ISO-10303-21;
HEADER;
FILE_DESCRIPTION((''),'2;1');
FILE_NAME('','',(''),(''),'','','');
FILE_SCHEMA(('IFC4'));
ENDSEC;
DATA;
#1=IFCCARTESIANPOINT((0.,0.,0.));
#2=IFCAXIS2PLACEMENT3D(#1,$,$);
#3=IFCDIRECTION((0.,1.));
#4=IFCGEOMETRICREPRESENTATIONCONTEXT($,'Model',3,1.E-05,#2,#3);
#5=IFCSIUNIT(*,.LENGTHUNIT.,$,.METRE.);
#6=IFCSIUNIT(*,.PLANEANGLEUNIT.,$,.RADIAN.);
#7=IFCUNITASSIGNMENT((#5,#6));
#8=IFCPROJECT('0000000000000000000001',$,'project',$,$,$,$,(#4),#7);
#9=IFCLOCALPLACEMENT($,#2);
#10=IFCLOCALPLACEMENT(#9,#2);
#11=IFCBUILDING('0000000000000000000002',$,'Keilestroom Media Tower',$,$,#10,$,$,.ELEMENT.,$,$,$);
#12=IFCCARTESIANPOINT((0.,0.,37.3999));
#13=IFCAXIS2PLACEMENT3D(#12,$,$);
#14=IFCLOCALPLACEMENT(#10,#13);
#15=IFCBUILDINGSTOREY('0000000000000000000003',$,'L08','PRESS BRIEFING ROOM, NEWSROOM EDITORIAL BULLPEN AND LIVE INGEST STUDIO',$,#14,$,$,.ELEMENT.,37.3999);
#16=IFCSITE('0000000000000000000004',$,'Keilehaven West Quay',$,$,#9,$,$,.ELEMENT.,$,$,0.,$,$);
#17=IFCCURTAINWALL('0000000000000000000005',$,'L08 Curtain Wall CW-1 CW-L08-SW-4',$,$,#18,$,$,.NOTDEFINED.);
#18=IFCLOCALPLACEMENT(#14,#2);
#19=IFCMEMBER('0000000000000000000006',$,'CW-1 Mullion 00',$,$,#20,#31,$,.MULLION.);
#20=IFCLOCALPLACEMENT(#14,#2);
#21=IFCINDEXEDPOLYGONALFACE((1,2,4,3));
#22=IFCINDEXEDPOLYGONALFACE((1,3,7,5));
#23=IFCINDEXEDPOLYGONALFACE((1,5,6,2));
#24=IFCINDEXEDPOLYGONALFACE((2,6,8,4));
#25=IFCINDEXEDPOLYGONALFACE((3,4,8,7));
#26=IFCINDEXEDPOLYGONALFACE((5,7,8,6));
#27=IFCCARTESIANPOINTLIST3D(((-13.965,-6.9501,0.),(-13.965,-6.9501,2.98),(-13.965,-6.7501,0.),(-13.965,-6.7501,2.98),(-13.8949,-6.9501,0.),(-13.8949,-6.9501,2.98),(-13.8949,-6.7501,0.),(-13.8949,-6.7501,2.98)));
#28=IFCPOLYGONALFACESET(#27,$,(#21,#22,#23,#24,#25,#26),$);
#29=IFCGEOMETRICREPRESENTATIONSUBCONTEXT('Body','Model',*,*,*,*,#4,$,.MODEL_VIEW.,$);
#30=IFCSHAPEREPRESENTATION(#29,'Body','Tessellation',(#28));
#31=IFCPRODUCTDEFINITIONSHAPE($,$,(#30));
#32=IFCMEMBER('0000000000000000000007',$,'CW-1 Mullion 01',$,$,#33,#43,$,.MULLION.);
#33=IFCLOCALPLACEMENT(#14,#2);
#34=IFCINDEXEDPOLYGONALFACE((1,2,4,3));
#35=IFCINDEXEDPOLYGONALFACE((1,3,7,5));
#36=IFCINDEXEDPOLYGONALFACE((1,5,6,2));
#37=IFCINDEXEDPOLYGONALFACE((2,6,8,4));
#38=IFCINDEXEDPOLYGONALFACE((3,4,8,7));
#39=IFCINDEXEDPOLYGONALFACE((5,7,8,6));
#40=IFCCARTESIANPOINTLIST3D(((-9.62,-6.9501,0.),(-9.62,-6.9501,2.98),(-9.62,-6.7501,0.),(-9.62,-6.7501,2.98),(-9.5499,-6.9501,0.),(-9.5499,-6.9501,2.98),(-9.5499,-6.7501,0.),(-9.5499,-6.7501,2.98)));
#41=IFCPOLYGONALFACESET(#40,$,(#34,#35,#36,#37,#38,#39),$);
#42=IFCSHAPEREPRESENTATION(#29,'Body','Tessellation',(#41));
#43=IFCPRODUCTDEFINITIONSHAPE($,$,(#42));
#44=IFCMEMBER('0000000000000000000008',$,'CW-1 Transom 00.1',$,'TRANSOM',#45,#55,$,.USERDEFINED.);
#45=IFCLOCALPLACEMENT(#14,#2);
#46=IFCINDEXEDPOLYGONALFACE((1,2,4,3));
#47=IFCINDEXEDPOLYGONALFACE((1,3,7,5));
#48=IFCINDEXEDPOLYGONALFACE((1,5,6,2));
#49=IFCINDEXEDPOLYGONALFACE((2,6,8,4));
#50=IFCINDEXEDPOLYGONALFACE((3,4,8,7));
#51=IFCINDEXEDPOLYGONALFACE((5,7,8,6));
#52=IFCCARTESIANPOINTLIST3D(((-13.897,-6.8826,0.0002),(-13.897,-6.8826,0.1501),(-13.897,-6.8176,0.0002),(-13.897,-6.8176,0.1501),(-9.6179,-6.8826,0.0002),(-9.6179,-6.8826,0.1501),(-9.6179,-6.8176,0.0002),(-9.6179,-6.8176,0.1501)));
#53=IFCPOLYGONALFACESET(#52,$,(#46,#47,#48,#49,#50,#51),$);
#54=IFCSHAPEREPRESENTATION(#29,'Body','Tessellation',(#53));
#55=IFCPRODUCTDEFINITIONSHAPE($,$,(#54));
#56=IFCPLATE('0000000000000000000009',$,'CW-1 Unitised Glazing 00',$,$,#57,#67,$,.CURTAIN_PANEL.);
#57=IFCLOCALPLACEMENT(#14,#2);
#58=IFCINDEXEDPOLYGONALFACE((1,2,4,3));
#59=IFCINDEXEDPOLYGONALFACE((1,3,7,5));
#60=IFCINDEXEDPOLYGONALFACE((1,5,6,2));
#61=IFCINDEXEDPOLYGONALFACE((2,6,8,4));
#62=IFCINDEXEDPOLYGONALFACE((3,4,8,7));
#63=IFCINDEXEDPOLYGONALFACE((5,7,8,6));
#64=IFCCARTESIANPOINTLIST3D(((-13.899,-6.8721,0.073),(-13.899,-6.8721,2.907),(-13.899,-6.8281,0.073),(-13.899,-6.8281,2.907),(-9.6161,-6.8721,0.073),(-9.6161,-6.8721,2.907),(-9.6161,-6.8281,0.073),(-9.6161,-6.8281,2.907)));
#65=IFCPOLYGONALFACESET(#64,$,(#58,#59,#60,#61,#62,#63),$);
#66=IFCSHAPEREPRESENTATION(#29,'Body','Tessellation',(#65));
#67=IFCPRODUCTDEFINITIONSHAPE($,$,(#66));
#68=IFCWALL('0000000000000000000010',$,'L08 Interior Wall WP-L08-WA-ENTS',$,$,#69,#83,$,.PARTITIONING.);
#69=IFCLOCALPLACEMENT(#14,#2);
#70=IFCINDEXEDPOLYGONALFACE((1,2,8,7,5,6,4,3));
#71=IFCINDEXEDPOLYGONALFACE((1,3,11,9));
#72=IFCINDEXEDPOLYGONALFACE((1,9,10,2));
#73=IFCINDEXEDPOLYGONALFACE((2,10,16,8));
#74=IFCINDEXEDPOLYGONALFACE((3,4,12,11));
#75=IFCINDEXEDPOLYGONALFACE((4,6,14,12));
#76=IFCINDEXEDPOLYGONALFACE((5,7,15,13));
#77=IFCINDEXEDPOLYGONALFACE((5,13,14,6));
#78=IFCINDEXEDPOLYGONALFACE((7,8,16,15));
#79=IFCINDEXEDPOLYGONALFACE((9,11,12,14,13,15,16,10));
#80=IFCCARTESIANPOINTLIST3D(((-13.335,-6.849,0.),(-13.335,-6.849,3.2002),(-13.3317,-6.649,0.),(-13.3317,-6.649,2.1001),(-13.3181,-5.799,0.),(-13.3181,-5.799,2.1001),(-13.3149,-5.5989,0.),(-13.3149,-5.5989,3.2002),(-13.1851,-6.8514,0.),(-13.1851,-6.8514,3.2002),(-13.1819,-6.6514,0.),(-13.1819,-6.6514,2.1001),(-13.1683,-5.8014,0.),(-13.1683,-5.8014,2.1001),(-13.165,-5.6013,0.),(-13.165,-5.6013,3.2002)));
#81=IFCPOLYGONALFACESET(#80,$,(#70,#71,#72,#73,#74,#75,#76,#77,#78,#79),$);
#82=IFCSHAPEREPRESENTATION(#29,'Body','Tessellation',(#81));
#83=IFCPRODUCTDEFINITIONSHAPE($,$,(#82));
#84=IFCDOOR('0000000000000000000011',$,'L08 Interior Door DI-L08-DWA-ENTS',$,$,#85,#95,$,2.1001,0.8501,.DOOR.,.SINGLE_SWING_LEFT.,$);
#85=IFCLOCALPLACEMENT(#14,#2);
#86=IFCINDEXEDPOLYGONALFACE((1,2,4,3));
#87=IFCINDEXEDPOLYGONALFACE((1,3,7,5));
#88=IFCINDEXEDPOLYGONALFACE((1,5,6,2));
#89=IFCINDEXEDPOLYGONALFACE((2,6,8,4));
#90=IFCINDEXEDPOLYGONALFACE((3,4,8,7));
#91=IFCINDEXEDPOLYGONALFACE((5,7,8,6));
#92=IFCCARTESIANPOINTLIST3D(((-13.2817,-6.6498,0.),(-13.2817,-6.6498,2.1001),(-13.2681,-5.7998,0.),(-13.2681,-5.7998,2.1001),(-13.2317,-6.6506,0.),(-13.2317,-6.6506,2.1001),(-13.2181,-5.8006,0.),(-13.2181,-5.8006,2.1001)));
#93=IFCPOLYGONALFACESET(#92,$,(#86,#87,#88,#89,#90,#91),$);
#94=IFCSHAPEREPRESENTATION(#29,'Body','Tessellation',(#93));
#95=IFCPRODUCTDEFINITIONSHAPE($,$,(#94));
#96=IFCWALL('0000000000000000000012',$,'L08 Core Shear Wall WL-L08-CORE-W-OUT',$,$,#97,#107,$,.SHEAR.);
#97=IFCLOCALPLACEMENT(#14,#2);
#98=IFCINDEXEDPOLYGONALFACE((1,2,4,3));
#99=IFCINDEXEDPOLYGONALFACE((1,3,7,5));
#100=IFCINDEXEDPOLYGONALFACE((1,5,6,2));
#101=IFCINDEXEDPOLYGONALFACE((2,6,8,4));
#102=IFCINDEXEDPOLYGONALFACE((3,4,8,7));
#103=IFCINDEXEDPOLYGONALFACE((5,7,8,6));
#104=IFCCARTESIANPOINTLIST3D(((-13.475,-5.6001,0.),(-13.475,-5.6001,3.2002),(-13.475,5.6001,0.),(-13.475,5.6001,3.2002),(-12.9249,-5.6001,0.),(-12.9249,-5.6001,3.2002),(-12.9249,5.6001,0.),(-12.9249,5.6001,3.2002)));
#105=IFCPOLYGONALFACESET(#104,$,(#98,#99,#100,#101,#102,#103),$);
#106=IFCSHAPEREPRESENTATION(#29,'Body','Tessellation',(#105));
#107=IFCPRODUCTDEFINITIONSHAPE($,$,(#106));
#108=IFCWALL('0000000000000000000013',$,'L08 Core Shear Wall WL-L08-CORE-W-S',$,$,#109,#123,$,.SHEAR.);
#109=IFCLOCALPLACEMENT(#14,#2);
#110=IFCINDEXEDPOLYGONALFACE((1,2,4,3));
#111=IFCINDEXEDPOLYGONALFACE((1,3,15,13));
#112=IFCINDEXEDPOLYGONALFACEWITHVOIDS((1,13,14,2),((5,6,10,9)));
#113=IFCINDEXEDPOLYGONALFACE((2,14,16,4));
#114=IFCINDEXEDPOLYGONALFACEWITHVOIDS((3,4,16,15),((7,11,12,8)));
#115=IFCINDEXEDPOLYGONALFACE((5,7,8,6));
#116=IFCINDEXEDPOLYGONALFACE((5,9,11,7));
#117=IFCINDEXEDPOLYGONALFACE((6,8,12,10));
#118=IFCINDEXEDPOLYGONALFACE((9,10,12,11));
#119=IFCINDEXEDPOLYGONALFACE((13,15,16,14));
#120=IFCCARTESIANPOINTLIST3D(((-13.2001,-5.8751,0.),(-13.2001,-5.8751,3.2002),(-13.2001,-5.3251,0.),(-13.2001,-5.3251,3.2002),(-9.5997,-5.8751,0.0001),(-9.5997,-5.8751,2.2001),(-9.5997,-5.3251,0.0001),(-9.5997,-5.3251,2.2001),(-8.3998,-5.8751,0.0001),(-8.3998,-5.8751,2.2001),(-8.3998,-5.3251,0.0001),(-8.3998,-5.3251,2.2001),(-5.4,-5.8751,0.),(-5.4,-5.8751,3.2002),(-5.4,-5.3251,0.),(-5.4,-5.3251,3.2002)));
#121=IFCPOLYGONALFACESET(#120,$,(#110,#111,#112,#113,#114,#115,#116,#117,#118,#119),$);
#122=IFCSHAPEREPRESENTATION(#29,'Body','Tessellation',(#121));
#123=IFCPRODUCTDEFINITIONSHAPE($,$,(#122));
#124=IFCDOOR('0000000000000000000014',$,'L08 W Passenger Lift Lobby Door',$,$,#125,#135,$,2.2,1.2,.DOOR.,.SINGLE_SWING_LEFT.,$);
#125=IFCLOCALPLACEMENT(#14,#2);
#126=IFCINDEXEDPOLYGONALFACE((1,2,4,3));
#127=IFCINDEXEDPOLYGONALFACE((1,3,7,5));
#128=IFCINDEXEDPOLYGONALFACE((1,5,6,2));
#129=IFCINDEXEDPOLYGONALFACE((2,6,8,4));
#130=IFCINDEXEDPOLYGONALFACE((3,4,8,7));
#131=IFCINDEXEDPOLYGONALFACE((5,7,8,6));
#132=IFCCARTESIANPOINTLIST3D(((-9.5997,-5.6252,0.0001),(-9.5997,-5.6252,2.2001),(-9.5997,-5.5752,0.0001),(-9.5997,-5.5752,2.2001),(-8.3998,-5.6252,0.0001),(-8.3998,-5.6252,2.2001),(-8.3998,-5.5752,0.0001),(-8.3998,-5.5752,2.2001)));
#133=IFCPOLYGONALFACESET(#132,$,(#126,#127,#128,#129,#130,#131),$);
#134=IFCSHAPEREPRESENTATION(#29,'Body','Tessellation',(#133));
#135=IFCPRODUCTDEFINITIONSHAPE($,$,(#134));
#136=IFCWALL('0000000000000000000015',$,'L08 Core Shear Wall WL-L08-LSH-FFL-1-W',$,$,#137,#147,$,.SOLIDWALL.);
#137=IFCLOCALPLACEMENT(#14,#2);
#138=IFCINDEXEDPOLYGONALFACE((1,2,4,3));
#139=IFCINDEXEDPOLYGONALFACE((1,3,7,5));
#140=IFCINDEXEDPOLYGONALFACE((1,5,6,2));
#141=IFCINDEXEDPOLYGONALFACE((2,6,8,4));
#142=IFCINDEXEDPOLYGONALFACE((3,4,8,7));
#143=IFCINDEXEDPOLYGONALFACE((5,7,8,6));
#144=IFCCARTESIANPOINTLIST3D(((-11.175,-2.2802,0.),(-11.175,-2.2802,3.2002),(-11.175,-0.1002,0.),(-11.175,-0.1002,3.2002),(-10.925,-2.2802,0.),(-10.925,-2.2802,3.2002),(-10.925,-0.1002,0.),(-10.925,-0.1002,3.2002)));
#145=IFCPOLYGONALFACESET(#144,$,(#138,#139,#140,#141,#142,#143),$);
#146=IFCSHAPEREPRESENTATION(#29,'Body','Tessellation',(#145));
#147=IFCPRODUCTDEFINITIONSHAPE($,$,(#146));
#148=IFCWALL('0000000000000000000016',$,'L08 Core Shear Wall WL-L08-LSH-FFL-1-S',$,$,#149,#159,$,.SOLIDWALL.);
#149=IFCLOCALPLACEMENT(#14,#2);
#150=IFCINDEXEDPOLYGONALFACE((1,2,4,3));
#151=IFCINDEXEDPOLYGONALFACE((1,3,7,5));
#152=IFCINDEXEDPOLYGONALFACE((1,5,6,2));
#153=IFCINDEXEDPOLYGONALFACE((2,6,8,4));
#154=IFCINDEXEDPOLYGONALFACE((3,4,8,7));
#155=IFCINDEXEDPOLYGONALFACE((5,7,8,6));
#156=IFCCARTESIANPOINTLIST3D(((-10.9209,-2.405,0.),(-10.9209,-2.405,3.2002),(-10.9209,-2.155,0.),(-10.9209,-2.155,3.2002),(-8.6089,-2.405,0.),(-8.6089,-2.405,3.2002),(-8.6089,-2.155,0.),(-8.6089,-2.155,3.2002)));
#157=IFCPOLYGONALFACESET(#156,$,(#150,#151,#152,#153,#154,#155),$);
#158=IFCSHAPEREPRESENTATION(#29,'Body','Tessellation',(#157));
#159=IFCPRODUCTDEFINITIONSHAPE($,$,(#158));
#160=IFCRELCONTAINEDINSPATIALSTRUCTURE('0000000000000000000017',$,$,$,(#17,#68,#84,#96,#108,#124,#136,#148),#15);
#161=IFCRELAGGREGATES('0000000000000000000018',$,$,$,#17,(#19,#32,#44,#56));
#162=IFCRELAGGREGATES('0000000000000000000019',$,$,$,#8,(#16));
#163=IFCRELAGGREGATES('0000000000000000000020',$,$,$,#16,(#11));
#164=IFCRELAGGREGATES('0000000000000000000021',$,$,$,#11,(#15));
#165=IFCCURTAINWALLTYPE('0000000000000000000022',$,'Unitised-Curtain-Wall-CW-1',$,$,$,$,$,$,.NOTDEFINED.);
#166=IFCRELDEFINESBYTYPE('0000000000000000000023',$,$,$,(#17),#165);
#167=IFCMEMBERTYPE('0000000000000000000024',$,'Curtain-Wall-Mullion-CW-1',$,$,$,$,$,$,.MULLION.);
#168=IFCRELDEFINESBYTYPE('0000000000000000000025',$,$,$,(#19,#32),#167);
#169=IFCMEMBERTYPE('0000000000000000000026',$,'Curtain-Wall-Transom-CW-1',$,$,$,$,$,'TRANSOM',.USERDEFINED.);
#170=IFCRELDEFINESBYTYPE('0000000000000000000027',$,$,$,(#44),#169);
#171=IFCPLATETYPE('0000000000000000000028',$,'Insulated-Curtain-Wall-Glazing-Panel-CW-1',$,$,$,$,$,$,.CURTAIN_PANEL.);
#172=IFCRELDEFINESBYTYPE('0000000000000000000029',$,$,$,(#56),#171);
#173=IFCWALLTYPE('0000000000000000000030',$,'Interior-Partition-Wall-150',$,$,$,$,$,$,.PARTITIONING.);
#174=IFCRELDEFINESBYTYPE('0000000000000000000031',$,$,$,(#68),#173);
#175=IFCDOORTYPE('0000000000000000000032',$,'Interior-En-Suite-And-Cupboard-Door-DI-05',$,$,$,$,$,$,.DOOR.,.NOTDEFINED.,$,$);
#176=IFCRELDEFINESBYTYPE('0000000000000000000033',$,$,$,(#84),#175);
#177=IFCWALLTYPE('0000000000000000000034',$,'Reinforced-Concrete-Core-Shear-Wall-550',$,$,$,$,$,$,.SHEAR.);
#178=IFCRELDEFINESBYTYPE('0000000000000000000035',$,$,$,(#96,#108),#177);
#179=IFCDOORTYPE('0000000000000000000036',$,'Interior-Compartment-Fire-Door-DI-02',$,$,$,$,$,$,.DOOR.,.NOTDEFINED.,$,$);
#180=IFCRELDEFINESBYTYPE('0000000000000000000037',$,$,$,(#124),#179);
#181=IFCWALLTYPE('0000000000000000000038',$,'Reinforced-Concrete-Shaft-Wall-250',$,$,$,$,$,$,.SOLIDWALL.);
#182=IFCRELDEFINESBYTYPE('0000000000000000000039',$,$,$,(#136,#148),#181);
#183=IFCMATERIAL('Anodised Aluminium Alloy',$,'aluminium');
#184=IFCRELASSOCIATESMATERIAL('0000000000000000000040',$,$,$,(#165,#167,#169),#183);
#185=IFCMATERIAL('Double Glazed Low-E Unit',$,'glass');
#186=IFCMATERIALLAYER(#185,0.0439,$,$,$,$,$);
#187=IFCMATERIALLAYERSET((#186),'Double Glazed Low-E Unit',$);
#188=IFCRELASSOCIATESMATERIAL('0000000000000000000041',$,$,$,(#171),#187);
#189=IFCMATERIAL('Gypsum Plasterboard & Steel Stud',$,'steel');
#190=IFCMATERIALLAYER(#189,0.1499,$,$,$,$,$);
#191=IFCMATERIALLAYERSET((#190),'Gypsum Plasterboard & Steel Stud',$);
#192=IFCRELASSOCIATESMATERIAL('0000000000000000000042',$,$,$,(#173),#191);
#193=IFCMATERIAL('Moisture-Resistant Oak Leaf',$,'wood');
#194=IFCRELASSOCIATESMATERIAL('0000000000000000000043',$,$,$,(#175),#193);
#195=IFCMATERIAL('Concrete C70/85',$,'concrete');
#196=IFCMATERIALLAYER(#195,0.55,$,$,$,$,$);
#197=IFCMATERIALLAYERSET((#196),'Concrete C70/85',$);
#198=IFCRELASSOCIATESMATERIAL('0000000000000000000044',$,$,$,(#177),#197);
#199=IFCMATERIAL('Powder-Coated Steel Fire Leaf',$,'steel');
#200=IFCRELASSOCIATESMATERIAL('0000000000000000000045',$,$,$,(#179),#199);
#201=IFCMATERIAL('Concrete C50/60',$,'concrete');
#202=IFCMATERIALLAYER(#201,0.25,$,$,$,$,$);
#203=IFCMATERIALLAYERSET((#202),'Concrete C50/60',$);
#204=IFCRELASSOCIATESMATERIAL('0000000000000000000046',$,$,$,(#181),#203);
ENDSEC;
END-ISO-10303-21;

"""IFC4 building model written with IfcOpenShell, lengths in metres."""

from ifc_helpers import new_model, si_unit, direction, frame, frame_2d, origin, origin_2d, place, context, subcontext, project, spatial, rectangle, extrude, source, transform, mapped, material, layer, layer_set, material_profile, profile_set, type_object, element, fill, aggregate, save


model = new_model("IFC4")

# Units and contexts
model_context = context("Model", 3, precision=1e-05, world=origin(), true_north=direction((0.0, 1.0)))
body_context = subcontext(model_context, "Body", "Model", "MODEL_VIEW")
ifc_project = project(units=[si_unit("LENGTHUNIT", "METRE"), si_unit("PLANEANGLEUNIT", "RADIAN")], contexts=[model_context])

# Site, building, storey
site_placement = place(None, origin())
site = spatial("IfcSite", under=ifc_project, at=site_placement, Name="Keilehaven West Quay", CompositionType="ELEMENT", RefElevation=0.0)
building_placement = place(site_placement, origin())
building = spatial("IfcBuilding", under=site, at=building_placement, Name="Keilestroom Media Tower", CompositionType="ELEMENT")
storey_placement = place(building_placement, frame((0.0, 0.0, 37.3999)))
storey = spatial("IfcBuildingStorey", under=building, at=storey_placement, Name="L08", Description="PRESS BRIEFING ROOM, NEWSROOM EDITORIAL BULLPEN AND LIVE INGEST STUDIO", CompositionType="ELEMENT", Elevation=37.3999)

# Curtain wall, members, plate
ifc_material_1 = material(Name="Anodised Aluminium Alloy", Category="aluminium")
curtain_wall_type = type_object("IfcCurtainWallType", Name="Unitised-Curtain-Wall-CW-1", PredefinedType="NOTDEFINED", material=ifc_material_1)
curtain_wall_placement = place(storey_placement, origin())
curtain_wall = element("IfcCurtainWall", 1, at=curtain_wall_placement, inside=storey, type_object=curtain_wall_type, Name="L08 Curtain Wall CW-1 CW-L08-SW-4", PredefinedType="NOTDEFINED")
ifc_material_profile_1 = material_profile(ifc_material_1, rectangle(XDim=0.0701, YDim=0.2, at=origin_2d()), Name="ALU MULLION 70x200")
ifc_profile_set_1 = profile_set([ifc_material_profile_1], Name="Anodised Aluminium Alloy")
member_type_1 = type_object("IfcMemberType", Name="Curtain-Wall-Mullion-CW-1", PredefinedType="MULLION", material=ifc_profile_set_1)
shared_shape_1 = source(origin(), body_context, "Body", "SweptSolid", [
    extrude(rectangle(XDim=0.0701, YDim=0.2, at=origin_2d()), origin(), (0.0, 0.0, 1.0), 2.98),
])
member_1_placement = place(storey_placement, frame((-13.9299, -6.8501, 0.0), z_axis=(0.0, 0.0, 1.0), x_axis=(1.0, 0.0, 0.0)))
member_1 = element("IfcMember", 2, at=member_1_placement, type_object=member_type_1, Name="CW-1 Mullion 00", PredefinedType="MULLION", context=body_context, shape_type="MappedRepresentation", body=[
    mapped(shared_shape_1, transform((0.0, 0.0, 0.0), x_axis=(1.0, 0.0, 0.0), y_axis=(0.0, 1.0, 0.0), z_axis=(0.0, 0.0, 1.0), scale=1.0)),
])
member_2_placement = place(storey_placement, frame((-9.585, -6.8501, 0.0), z_axis=(0.0, 0.0, 1.0), x_axis=(1.0, 0.0, 0.0)))
member_2 = element("IfcMember", 3, at=member_2_placement, type_object=member_type_1, Name="CW-1 Mullion 01", PredefinedType="MULLION", context=body_context, shape_type="MappedRepresentation", body=[
    mapped(shared_shape_1, transform((0.0, 0.0, 0.0), x_axis=(1.0, 0.0, 0.0), y_axis=(0.0, 1.0, 0.0), z_axis=(0.0, 0.0, 1.0), scale=1.0)),
])
ifc_material_profile_2 = material_profile(ifc_material_1, rectangle(XDim=0.0649, YDim=0.1499, at=origin_2d()), Name="ALU TRANSOM 65x150")
ifc_profile_set_2 = profile_set([ifc_material_profile_2], Name="Anodised Aluminium Alloy")
member_type_2 = type_object("IfcMemberType", Name="Curtain-Wall-Transom-CW-1", ElementType="TRANSOM", PredefinedType="USERDEFINED", material=ifc_profile_set_2)
shared_shape_2 = source(origin(), body_context, "Body", "SweptSolid", [
    extrude(rectangle(XDim=0.0649, YDim=0.1499, at=origin_2d()), origin(), (0.0, 0.0, 1.0), 4.2791),
])
member_3_placement = place(storey_placement, frame((-13.897, -6.8501, 0.0752), z_axis=(1.0, 0.0, 0.0), x_axis=(0.0, 1.0, 0.0)))
member_3 = element("IfcMember", 4, at=member_3_placement, type_object=member_type_2, Name="CW-1 Transom 00.1", ObjectType="TRANSOM", PredefinedType="USERDEFINED", context=body_context, shape_type="MappedRepresentation", body=[
    mapped(shared_shape_2, transform((0.0, 0.0, 0.0), x_axis=(1.0, 0.0, 0.0), y_axis=(0.0, 1.0, 0.0), z_axis=(0.0, 0.0, 1.0), scale=1.0)),
])
ifc_material_2 = material(Name="Double Glazed Low-E Unit", Category="glass")
ifc_layer_1 = layer(ifc_material_2, 0.0439)
ifc_layer_set_1 = layer_set([ifc_layer_1], Name="Double Glazed Low-E Unit")
plate_type = type_object("IfcPlateType", Name="Insulated-Curtain-Wall-Glazing-Panel-CW-1", PredefinedType="CURTAIN_PANEL", material=ifc_layer_set_1)
shared_shape_3 = source(origin(), body_context, "Body", "SweptSolid", [
    extrude(rectangle(XDim=4.283, YDim=0.0439, at=origin_2d()), origin(), (0.0, 0.0, 1.0), 2.834),
])
plate_placement = place(storey_placement, frame((-11.7576, -6.8501, 0.073), z_axis=(0.0, 0.0, 1.0), x_axis=(1.0, 0.0, 0.0)))
plate = element("IfcPlate", 5, at=plate_placement, type_object=plate_type, Name="CW-1 Unitised Glazing 00", PredefinedType="CURTAIN_PANEL", context=body_context, shape_type="MappedRepresentation", body=[
    mapped(shared_shape_3, transform((0.0, 0.0, 0.0), x_axis=(1.0, 0.0, 0.0), y_axis=(0.0, 1.0, 0.0), z_axis=(0.0, 0.0, 1.0), scale=1.0)),
])
aggregate(curtain_wall, [member_1, member_2, member_3, plate])

# Wall, opening, door
ifc_material_3 = material(Name="Gypsum Plasterboard & Steel Stud", Category="steel")
ifc_layer_2 = layer(ifc_material_3, 0.1499)
ifc_layer_set_2 = layer_set([ifc_layer_2], Name="Gypsum Plasterboard & Steel Stud")
wall_type_1 = type_object("IfcWallType", Name="Interior-Partition-Wall-150", PredefinedType="PARTITIONING", material=ifc_layer_set_2)
wall_1_placement = place(storey_placement, frame((-13.26, -6.8501, 0.0), z_axis=(0.0, 0.0, 1.0), x_axis=(0.016014, 0.999872, 0.0)))
wall_1 = element("IfcWall", 6, at=wall_1_placement, inside=storey, type_object=wall_type_1, Name="L08 Interior Wall WP-L08-WA-ENTS", PredefinedType="PARTITIONING", context=body_context, shape_type="SweptSolid", body=[
    extrude(rectangle(XDim=1.2502, YDim=0.1499, at=frame_2d((0.625, 0.0))), origin(), (0.0, 0.0, 1.0), 3.2002),
])
opening_1_placement = place(wall_1_placement, frame((0.2, 0.0, 0.0)))
opening_1 = element("IfcOpeningElement", 7, at=opening_1_placement, cuts=wall_1, PredefinedType="OPENING", context=body_context, shape_type="SweptSolid", body=[
    extrude(rectangle(XDim=0.8501, YDim=2.1001, at=frame_2d((0.425, 1.05))), frame((0.0, 0.085, 0.0), z_axis=(0.0, -1.0, 0.0), x_axis=(1.0, 0.0, 0.0)), (0.0, 0.0, 1.0), 0.1699),
])
ifc_material_4 = material(Name="Moisture-Resistant Oak Leaf", Category="wood")
door_type_1 = type_object("IfcDoorType", Name="Interior-En-Suite-And-Cupboard-Door-DI-05", OperationType="NOTDEFINED", PredefinedType="DOOR", material=ifc_material_4)
shared_shape_4 = source(origin(), body_context, "Body", "SweptSolid", [
    extrude(rectangle(XDim=0.8501, YDim=2.1001, at=frame_2d((0.425, 1.05))), frame((0.0, 0.0249, 0.0), z_axis=(0.0, -1.0, 0.0), x_axis=(1.0, 0.0, 0.0)), (0.0, 0.0, 1.0), 0.05),
])
door_1_placement = place(opening_1_placement, origin())
door_1 = element("IfcDoor", 8, at=door_1_placement, inside=storey, type_object=door_type_1, Name="L08 Interior Door DI-L08-DWA-ENTS", OperationType="SINGLE_SWING_LEFT", OverallHeight=2.1001, OverallWidth=0.8501, PredefinedType="DOOR", context=body_context, shape_type="MappedRepresentation", body=[
    mapped(shared_shape_4, transform((0.0, 0.0, 0.0), x_axis=(1.0, 0.0, 0.0), y_axis=(0.0, 1.0, 0.0), z_axis=(0.0, 0.0, 1.0), scale=1.0)),
])
fill(opening_1, door_1)

# Wall
ifc_material_5 = material(Name="Concrete C70/85", Category="concrete")
ifc_layer_3 = layer(ifc_material_5, 0.55)
ifc_layer_set_3 = layer_set([ifc_layer_3], Name="Concrete C70/85")
wall_type_2 = type_object("IfcWallType", Name="Reinforced-Concrete-Core-Shear-Wall-550", PredefinedType="SHEAR", material=ifc_layer_set_3)
wall_2_placement = place(storey_placement, frame((-13.2, -5.6001, 0.0), z_axis=(0.0, 0.0, 1.0), x_axis=(0.0, 1.0, 0.0)))
element("IfcWall", 9, at=wall_2_placement, inside=storey, type_object=wall_type_2, Name="L08 Core Shear Wall WL-L08-CORE-W-OUT", PredefinedType="SHEAR", context=body_context, shape_type="SweptSolid", body=[
    extrude(rectangle(XDim=11.2002, YDim=0.55, at=frame_2d((5.6001, 0.0))), origin(), (0.0, 0.0, 1.0), 3.2002),
])

# Wall, opening, door
wall_3_placement = place(storey_placement, frame((-13.2, -5.6001, 0.0), z_axis=(0.0, 0.0, 1.0), x_axis=(1.0, 0.0, 0.0)))
wall_3 = element("IfcWall", 10, at=wall_3_placement, inside=storey, type_object=wall_type_2, Name="L08 Core Shear Wall WL-L08-CORE-W-S", PredefinedType="SHEAR", context=body_context, shape_type="SweptSolid", body=[
    extrude(rectangle(XDim=7.8, YDim=0.55, at=frame_2d((3.8999, 0.0))), origin(), (0.0, 0.0, 1.0), 3.2002),
])
opening_2_placement = place(wall_3_placement, frame((3.6001, 0.0, 0.0)))
opening_2 = element("IfcOpeningElement", 11, at=opening_2_placement, cuts=wall_3, PredefinedType="OPENING", context=body_context, shape_type="SweptSolid", body=[
    extrude(rectangle(XDim=1.2, YDim=2.2, at=frame_2d((0.6001, 1.1001))), frame((0.0, 0.2852, 0.0), z_axis=(0.0, -1.0, 0.0), x_axis=(1.0, 0.0, 0.0)), (0.0, 0.0, 1.0), 0.5701),
])
ifc_material_6 = material(Name="Powder-Coated Steel Fire Leaf", Category="steel")
door_type_2 = type_object("IfcDoorType", Name="Interior-Compartment-Fire-Door-DI-02", OperationType="NOTDEFINED", PredefinedType="DOOR", material=ifc_material_6)
shared_shape_5 = source(origin(), body_context, "Body", "SweptSolid", [
    extrude(rectangle(XDim=1.2, YDim=2.2, at=frame_2d((0.6001, 1.1001))), frame((0.0, 0.0249, 0.0), z_axis=(0.0, -1.0, 0.0), x_axis=(1.0, 0.0, 0.0)), (0.0, 0.0, 1.0), 0.05),
])
door_2_placement = place(opening_2_placement, origin())
door_2 = element("IfcDoor", 12, at=door_2_placement, inside=storey, type_object=door_type_2, Name="L08 W Passenger Lift Lobby Door", OperationType="SINGLE_SWING_LEFT", OverallHeight=2.2, OverallWidth=1.2, PredefinedType="DOOR", context=body_context, shape_type="MappedRepresentation", body=[
    mapped(shared_shape_5, transform((0.0, 0.0, 0.0), x_axis=(1.0, 0.0, 0.0), y_axis=(0.0, 1.0, 0.0), z_axis=(0.0, 0.0, 1.0), scale=1.0)),
])
fill(opening_2, door_2)

# Walls
ifc_material_7 = material(Name="Concrete C50/60", Category="concrete")
ifc_layer_4 = layer(ifc_material_7, 0.25)
ifc_layer_set_4 = layer_set([ifc_layer_4], Name="Concrete C50/60")
wall_type_3 = type_object("IfcWallType", Name="Reinforced-Concrete-Shaft-Wall-250", PredefinedType="SOLIDWALL", material=ifc_layer_set_4)
wall_4_placement = place(storey_placement, frame((-11.05, -2.28, 0.0), z_axis=(0.0, 0.0, 1.0), x_axis=(0.0, 1.0, 0.0)))
element("IfcWall", 13, at=wall_4_placement, inside=storey, type_object=wall_type_3, Name="L08 Core Shear Wall WL-L08-LSH-FFL-1-W", PredefinedType="SOLIDWALL", context=body_context, shape_type="SweptSolid", body=[
    extrude(rectangle(XDim=2.1799, YDim=0.25, at=frame_2d((1.0898, 0.0))), origin(), (0.0, 0.0, 1.0), 3.2002),
])
wall_5_placement = place(storey_placement, frame((-10.9209, -2.28, 0.0), z_axis=(0.0, 0.0, 1.0), x_axis=(1.0, 0.0, 0.0)))
element("IfcWall", 14, at=wall_5_placement, inside=storey, type_object=wall_type_3, Name="L08 Core Shear Wall WL-L08-LSH-FFL-1-S", PredefinedType="SOLIDWALL", context=body_context, shape_type="SweptSolid", body=[
    extrude(rectangle(XDim=2.312, YDim=0.25, at=frame_2d((1.156, 0.0))), origin(), (0.0, 0.0, 1.0), 3.2002),
])

save(model, "model.ifc")
